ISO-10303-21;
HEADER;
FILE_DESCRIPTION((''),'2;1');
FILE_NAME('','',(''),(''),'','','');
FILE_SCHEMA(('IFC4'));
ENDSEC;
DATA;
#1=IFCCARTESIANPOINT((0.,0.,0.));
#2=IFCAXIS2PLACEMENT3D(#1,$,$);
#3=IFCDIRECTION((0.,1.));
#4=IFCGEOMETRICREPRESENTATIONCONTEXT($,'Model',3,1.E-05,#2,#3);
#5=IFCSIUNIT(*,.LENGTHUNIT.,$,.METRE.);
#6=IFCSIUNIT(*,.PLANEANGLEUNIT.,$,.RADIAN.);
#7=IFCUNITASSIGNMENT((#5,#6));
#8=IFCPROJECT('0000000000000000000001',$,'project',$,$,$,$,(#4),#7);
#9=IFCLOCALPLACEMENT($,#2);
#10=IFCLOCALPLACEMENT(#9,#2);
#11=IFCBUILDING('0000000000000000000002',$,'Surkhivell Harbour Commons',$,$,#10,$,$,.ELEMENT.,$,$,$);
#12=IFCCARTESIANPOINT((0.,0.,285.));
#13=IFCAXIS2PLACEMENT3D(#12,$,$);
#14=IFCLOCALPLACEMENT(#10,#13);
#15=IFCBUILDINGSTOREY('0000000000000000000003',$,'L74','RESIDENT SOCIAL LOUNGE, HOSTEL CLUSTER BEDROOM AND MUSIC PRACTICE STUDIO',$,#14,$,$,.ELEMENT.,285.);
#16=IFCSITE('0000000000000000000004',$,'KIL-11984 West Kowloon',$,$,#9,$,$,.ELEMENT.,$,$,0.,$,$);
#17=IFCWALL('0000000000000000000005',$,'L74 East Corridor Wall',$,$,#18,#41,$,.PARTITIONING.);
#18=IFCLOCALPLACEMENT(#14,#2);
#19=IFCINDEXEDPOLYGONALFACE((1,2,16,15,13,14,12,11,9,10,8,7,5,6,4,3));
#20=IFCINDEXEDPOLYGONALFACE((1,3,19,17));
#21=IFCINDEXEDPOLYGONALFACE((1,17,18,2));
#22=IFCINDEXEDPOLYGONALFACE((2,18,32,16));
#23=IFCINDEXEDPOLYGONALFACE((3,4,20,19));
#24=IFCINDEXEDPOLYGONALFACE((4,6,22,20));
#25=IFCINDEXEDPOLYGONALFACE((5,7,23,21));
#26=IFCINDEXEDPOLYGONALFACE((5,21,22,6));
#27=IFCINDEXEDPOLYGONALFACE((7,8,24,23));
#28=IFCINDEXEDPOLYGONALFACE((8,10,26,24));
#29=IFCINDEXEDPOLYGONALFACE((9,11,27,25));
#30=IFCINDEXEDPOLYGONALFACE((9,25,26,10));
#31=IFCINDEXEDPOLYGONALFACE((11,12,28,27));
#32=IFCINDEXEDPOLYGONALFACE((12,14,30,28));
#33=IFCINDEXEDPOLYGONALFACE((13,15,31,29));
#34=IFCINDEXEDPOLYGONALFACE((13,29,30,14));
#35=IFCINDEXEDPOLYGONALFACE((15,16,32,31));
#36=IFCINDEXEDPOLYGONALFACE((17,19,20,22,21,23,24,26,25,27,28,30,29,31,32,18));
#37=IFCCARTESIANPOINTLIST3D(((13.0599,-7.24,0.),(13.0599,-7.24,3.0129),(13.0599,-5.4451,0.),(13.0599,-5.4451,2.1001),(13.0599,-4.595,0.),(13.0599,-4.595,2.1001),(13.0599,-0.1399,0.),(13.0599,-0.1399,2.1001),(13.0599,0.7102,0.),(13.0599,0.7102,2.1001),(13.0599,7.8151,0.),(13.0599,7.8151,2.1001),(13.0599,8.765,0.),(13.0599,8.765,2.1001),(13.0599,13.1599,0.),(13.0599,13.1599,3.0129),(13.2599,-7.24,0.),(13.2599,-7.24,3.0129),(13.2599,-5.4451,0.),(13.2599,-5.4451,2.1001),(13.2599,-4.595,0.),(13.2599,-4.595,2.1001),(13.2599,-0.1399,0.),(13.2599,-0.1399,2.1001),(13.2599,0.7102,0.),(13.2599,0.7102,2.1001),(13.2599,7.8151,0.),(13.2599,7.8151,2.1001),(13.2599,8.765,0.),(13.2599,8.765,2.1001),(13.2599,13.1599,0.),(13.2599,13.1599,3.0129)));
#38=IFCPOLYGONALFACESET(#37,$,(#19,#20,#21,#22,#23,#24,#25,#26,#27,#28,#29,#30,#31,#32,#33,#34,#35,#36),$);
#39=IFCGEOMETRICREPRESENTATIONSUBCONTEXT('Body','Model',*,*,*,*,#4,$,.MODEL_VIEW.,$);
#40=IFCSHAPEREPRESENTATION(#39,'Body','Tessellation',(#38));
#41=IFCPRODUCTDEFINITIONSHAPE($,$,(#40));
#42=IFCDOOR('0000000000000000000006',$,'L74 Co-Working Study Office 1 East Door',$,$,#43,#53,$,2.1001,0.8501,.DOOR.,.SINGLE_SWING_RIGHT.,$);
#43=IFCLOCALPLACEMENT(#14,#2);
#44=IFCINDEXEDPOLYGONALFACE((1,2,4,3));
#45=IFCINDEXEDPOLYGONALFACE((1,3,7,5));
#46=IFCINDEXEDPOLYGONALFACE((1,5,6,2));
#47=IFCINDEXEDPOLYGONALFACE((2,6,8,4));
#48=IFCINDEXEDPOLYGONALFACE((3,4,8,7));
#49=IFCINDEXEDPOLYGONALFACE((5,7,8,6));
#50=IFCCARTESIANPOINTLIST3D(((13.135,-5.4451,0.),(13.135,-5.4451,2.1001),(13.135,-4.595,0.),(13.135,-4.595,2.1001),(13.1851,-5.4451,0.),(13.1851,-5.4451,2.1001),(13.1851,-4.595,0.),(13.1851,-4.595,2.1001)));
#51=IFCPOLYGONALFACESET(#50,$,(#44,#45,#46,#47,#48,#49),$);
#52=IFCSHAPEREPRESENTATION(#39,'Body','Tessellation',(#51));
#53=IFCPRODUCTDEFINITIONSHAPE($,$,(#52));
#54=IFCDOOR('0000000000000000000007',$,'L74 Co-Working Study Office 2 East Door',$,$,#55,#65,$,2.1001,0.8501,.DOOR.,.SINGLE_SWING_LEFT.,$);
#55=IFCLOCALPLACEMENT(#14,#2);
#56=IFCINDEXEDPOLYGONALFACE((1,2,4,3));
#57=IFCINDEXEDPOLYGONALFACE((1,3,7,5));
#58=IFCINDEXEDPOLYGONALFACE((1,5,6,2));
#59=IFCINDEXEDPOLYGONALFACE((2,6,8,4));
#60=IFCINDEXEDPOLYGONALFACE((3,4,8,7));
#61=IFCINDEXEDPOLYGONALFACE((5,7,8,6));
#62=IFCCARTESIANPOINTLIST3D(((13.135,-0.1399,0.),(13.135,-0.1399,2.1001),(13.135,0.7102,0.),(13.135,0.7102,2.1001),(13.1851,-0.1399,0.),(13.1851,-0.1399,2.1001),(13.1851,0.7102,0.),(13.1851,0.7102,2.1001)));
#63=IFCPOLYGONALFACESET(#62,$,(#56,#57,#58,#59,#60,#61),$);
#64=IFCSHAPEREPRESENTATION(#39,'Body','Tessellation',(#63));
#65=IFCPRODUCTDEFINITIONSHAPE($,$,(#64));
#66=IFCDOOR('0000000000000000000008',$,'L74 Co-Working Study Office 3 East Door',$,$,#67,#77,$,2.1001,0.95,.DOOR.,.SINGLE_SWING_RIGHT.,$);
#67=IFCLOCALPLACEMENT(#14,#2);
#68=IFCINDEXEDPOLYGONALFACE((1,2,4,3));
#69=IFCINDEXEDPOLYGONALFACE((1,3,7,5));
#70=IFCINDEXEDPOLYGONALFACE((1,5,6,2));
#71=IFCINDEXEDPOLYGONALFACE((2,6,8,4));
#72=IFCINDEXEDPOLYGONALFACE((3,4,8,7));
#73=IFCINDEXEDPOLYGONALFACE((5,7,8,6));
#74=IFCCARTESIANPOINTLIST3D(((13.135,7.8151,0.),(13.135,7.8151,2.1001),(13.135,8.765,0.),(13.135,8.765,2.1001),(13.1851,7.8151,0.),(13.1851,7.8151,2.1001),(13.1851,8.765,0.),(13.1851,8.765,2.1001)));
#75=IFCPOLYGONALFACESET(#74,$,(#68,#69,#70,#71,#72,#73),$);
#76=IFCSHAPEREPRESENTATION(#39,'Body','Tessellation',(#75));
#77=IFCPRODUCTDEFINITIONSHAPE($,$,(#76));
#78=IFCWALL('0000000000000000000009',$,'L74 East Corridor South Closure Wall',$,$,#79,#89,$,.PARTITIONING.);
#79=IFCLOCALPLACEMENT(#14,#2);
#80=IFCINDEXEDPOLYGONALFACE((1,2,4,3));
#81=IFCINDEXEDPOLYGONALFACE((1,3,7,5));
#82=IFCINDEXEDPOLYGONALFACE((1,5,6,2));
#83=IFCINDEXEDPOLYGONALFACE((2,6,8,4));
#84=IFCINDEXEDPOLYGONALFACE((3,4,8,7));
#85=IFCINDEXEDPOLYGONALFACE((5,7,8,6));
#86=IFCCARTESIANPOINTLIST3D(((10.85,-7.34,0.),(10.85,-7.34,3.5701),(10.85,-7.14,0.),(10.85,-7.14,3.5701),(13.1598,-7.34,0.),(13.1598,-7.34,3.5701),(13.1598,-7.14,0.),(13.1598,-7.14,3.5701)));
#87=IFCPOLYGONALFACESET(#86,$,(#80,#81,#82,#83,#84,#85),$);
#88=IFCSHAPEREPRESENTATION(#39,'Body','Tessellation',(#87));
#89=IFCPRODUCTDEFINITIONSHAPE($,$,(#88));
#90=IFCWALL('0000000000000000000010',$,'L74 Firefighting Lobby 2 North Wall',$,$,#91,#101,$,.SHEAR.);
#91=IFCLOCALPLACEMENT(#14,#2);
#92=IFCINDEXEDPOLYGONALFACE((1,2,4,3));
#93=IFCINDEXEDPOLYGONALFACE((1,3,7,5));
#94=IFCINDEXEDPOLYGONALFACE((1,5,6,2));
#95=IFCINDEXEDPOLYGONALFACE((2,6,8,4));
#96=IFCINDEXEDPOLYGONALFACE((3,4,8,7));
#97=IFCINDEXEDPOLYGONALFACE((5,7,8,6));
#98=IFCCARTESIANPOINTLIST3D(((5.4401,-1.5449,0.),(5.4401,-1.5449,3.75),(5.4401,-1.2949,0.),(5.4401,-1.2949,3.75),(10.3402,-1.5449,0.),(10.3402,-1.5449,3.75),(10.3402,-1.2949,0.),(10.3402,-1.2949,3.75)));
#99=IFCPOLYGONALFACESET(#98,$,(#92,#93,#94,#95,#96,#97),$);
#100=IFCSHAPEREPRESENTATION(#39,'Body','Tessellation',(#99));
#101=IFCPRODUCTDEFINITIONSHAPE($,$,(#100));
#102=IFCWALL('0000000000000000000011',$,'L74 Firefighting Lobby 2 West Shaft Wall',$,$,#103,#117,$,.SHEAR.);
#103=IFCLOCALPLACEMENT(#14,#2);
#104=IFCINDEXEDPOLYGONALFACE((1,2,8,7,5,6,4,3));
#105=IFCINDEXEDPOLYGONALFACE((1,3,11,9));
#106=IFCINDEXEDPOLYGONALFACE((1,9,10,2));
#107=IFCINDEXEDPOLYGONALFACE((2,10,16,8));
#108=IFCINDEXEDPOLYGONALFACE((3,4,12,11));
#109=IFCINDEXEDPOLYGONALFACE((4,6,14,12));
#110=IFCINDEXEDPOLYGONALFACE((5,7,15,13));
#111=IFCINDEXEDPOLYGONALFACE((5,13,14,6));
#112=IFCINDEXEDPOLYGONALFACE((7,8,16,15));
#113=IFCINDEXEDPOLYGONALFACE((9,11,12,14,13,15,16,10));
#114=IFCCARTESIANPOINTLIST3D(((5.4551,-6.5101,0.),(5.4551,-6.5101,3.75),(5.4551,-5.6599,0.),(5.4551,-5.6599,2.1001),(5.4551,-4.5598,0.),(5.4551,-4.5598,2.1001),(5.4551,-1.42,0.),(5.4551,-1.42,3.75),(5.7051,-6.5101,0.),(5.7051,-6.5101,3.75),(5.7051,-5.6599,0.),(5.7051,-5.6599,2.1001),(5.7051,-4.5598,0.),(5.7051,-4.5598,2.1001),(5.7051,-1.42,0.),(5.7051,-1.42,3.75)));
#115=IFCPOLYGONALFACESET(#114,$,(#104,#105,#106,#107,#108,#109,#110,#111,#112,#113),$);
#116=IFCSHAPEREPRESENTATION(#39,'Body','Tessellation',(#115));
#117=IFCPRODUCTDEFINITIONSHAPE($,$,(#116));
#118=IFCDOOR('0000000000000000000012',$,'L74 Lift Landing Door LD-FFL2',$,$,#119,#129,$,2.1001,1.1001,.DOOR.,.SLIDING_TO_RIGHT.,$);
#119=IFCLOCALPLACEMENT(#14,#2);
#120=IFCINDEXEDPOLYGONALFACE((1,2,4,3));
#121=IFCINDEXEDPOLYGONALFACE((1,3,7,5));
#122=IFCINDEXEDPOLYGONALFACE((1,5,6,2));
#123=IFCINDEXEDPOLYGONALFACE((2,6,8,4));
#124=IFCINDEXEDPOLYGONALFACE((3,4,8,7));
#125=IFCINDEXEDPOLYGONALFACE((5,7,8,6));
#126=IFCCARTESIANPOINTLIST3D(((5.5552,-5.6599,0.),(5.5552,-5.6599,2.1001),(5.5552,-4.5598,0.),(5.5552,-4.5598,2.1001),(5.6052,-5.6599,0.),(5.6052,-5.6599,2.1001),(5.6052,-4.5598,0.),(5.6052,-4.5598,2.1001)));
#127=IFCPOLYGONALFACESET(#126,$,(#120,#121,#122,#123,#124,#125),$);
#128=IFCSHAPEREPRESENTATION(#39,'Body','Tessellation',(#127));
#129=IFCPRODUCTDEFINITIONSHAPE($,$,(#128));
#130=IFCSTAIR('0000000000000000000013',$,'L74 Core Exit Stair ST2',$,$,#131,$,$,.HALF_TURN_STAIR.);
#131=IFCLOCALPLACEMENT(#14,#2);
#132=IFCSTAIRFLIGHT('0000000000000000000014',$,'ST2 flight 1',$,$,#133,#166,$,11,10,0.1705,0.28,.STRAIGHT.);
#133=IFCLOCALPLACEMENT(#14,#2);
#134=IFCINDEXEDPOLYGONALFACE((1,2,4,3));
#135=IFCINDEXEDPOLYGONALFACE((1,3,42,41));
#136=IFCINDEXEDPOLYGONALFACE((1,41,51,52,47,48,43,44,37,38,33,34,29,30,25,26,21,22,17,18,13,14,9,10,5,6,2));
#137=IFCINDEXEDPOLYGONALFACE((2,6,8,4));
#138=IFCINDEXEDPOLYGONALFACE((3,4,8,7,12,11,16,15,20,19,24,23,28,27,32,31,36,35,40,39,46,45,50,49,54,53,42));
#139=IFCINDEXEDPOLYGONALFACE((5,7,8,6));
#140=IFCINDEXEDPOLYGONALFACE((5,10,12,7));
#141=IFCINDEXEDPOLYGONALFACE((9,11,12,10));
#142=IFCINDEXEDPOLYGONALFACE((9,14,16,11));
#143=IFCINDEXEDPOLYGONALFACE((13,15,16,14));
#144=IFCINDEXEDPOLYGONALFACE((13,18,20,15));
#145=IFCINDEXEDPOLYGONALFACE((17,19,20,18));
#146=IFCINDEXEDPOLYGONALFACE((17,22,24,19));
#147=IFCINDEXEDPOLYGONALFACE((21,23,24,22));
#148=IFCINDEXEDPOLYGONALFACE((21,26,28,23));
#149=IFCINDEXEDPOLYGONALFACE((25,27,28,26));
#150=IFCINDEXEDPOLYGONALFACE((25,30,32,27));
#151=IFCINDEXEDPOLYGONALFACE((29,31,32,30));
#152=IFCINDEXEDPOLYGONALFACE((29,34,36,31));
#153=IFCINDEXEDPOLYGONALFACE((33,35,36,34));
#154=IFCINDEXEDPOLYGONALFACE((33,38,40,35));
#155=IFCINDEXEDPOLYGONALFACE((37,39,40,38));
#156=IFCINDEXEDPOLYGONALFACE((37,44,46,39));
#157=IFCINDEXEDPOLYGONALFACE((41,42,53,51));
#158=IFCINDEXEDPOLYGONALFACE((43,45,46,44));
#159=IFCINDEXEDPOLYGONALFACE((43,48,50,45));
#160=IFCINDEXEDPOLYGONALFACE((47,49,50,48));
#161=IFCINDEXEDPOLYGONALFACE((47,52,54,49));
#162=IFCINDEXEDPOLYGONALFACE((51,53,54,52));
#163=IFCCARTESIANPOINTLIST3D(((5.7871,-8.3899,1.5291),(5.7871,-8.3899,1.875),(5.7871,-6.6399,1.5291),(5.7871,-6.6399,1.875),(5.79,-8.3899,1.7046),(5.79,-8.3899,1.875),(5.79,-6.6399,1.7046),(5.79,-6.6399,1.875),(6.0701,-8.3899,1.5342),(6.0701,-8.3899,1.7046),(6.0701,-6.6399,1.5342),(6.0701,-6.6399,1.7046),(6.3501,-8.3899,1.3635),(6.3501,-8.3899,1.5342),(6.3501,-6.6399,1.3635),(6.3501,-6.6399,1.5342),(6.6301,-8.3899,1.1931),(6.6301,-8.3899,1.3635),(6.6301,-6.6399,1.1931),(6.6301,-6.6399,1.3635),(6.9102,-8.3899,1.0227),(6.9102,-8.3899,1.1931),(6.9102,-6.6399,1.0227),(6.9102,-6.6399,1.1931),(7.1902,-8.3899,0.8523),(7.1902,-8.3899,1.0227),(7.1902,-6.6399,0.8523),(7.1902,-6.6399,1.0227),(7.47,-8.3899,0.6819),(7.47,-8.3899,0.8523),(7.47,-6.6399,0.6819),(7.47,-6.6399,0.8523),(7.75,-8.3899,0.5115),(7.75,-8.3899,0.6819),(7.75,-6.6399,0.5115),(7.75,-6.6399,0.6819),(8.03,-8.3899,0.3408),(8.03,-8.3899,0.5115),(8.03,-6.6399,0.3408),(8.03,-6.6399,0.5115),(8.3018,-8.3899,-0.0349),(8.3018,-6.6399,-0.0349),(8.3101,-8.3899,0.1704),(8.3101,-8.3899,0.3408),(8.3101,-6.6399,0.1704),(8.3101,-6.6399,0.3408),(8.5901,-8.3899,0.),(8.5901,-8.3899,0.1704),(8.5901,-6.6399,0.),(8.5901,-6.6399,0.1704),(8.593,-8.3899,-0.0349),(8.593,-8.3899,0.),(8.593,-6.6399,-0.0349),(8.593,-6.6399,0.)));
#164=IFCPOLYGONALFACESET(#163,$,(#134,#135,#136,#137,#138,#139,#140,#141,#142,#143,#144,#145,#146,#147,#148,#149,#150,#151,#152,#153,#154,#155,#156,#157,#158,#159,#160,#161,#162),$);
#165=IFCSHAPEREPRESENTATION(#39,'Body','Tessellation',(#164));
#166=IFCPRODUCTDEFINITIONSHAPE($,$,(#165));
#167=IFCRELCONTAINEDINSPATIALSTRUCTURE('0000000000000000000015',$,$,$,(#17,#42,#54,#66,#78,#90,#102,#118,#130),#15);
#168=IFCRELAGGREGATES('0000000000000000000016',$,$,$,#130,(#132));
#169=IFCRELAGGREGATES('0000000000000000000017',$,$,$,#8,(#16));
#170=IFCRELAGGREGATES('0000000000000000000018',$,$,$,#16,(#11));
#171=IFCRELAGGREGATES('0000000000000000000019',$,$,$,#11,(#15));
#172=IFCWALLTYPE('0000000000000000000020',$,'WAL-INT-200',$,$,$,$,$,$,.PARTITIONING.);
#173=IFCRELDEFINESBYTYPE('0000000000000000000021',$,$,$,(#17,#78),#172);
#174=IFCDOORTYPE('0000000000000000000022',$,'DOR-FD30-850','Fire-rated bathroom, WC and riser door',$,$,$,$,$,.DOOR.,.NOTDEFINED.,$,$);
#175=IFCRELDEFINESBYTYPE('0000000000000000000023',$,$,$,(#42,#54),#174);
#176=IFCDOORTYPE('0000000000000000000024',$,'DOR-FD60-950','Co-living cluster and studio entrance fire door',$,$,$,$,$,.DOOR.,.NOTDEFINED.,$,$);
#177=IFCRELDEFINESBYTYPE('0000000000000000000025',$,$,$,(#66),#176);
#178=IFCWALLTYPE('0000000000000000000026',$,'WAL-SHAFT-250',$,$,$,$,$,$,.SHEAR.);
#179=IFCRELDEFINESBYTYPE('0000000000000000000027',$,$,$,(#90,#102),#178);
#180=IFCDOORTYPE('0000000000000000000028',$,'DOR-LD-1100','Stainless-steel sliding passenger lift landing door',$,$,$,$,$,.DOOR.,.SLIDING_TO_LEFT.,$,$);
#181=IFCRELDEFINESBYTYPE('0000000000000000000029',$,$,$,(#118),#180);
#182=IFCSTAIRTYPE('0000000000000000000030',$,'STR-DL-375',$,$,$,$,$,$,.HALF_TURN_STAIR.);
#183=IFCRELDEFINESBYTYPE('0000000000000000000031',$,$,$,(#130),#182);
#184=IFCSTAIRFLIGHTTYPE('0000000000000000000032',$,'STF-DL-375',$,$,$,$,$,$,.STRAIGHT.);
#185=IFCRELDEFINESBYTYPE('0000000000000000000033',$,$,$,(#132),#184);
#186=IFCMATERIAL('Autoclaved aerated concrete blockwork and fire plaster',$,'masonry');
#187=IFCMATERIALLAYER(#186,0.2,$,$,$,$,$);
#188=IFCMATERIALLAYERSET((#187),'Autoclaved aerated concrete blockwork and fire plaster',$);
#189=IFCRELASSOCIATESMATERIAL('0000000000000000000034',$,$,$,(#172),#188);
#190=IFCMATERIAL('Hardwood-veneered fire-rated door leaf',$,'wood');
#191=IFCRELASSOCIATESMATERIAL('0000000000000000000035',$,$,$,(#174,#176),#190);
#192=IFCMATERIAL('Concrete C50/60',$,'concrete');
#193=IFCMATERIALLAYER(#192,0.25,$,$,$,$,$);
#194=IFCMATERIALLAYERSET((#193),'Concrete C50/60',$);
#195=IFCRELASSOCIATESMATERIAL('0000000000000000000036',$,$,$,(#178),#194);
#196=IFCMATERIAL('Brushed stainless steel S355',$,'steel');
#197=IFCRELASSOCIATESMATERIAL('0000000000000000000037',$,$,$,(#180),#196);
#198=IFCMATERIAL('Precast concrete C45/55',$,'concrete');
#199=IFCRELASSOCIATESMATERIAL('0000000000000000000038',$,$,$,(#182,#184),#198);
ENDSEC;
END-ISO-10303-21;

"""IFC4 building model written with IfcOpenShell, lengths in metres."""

from ifc_helpers import new_model, si_unit, direction, frame, frame_2d, origin, place, context, subcontext, project, spatial, polyline, rectangle, outline, extrude, material, layer, layer_set, type_object, element, fill, aggregate, save


model = new_model("IFC4")

# Units and contexts
model_context = context("Model", 3, precision=1e-05, world=origin(), true_north=direction((0.0, 1.0)))
body_context = subcontext(model_context, "Body", "Model", "MODEL_VIEW")
ifc_project = project(units=[si_unit("LENGTHUNIT", "METRE"), si_unit("PLANEANGLEUNIT", "RADIAN")], contexts=[model_context])

# Site, building, storey
site_placement = place(None, origin())
site = spatial("IfcSite", under=ifc_project, at=site_placement, Name="KIL-11984 West Kowloon", CompositionType="ELEMENT", RefElevation=0.0)
building_placement = place(site_placement, origin())
building = spatial("IfcBuilding", under=site, at=building_placement, Name="Surkhivell Harbour Commons", CompositionType="ELEMENT")
storey_placement = place(building_placement, frame((0.0, 0.0, 285.0)))
storey = spatial("IfcBuildingStorey", under=building, at=storey_placement, Name="L74", Description="RESIDENT SOCIAL LOUNGE, HOSTEL CLUSTER BEDROOM AND MUSIC PRACTICE STUDIO", CompositionType="ELEMENT", Elevation=285.0)

# Shared definitions
ifc_material_1 = material(Name="Concrete C50/60", Category="concrete")

# Shared definitions
ifc_material_2 = material(Name="Hardwood-veneered fire-rated door leaf", Category="wood")

# Wall, openings, doors
ifc_material_3 = material(Name="Autoclaved aerated concrete blockwork and fire plaster", Category="masonry")
ifc_layer_1 = layer(ifc_material_3, 0.2)
ifc_layer_set_1 = layer_set([ifc_layer_1], Name="Autoclaved aerated concrete blockwork and fire plaster")
wall_type_1 = type_object("IfcWallType", Name="WAL-INT-200", PredefinedType="PARTITIONING", material=ifc_layer_set_1)
wall_1_placement = place(storey_placement, frame((13.1599, -7.24, 0.0), z_axis=(0.0, 0.0, 1.0), x_axis=(0.0, 1.0, 0.0)))
wall_1 = element("IfcWall", 1, at=wall_1_placement, inside=storey, type_object=wall_type_1, Name="L74 East Corridor Wall", PredefinedType="PARTITIONING", context=body_context, shape_type="SweptSolid", body=[
    extrude(rectangle(XDim=20.3999, YDim=0.2, at=frame_2d((10.2, 0.0))), origin(), (0.0, 0.0, 1.0), 3.0129),
])
opening_1_placement = place(wall_1_placement, frame((1.7949, 0.0, 0.0)))
opening_1 = element("IfcOpeningElement", 2, at=opening_1_placement, cuts=wall_1, PredefinedType="OPENING", context=body_context, shape_type="SweptSolid", body=[
    extrude(rectangle(XDim=0.8501, YDim=2.1001, at=frame_2d((0.425, 1.05))), frame((0.0, 0.1099, 0.0), z_axis=(0.0, -1.0, 0.0), x_axis=(1.0, 0.0, 0.0)), (0.0, 0.0, 1.0), 0.22),
])
opening_2_placement = place(wall_1_placement, frame((7.1001, 0.0, 0.0)))
opening_2 = element("IfcOpeningElement", 3, at=opening_2_placement, cuts=wall_1, PredefinedType="OPENING", context=body_context, shape_type="SweptSolid", body=[
    extrude(rectangle(XDim=0.8501, YDim=2.1001, at=frame_2d((0.425, 1.05))), frame((0.0, 0.1099, 0.0), z_axis=(0.0, -1.0, 0.0), x_axis=(1.0, 0.0, 0.0)), (0.0, 0.0, 1.0), 0.22),
])
opening_3_placement = place(wall_1_placement, frame((15.0549, 0.0, 0.0)))
opening_3 = element("IfcOpeningElement", 4, at=opening_3_placement, cuts=wall_1, PredefinedType="OPENING", context=body_context, shape_type="SweptSolid", body=[
    extrude(rectangle(XDim=0.95, YDim=2.1001, at=frame_2d((0.4751, 1.05))), frame((0.0, 0.1099, 0.0), z_axis=(0.0, -1.0, 0.0), x_axis=(1.0, 0.0, 0.0)), (0.0, 0.0, 1.0), 0.22),
])
door_type_1 = type_object("IfcDoorType", Name="DOR-FD30-850", Description="Fire-rated bathroom, WC and riser door", OperationType="NOTDEFINED", PredefinedType="DOOR", material=ifc_material_2)
door_1_placement = place(opening_1_placement, origin())
door_1 = element("IfcDoor", 5, at=door_1_placement, inside=storey, type_object=door_type_1, Name="L74 Co-Working Study Office 1 East Door", OperationType="SINGLE_SWING_RIGHT", OverallHeight=2.1001, OverallWidth=0.8501, PredefinedType="DOOR", context=body_context, shape_type="SweptSolid", body=[
    extrude(rectangle(XDim=0.8501, YDim=2.1001, at=frame_2d((0.425, 1.05))), frame((0.0, 0.0249, 0.0), z_axis=(0.0, -1.0, 0.0), x_axis=(1.0, 0.0, 0.0)), (0.0, 0.0, 1.0), 0.05),
])
fill(opening_1, door_1)
door_2_placement = place(opening_2_placement, origin())
door_2 = element("IfcDoor", 6, at=door_2_placement, inside=storey, type_object=door_type_1, Name="L74 Co-Working Study Office 2 East Door", OperationType="SINGLE_SWING_LEFT", OverallHeight=2.1001, OverallWidth=0.8501, PredefinedType="DOOR", context=body_context, shape_type="SweptSolid", body=[
    extrude(rectangle(XDim=0.8501, YDim=2.1001, at=frame_2d((0.425, 1.05))), frame((0.0, 0.0249, 0.0), z_axis=(0.0, -1.0, 0.0), x_axis=(1.0, 0.0, 0.0)), (0.0, 0.0, 1.0), 0.05),
])
fill(opening_2, door_2)
door_type_2 = type_object("IfcDoorType", Name="DOR-FD60-950", Description="Co-living cluster and studio entrance fire door", OperationType="NOTDEFINED", PredefinedType="DOOR", material=ifc_material_2)
door_3_placement = place(opening_3_placement, origin())
door_3 = element("IfcDoor", 7, at=door_3_placement, inside=storey, type_object=door_type_2, Name="L74 Co-Working Study Office 3 East Door", OperationType="SINGLE_SWING_RIGHT", OverallHeight=2.1001, OverallWidth=0.95, PredefinedType="DOOR", context=body_context, shape_type="SweptSolid", body=[
    extrude(rectangle(XDim=0.95, YDim=2.1001, at=frame_2d((0.4751, 1.05))), frame((0.0, 0.0249, 0.0), z_axis=(0.0, -1.0, 0.0), x_axis=(1.0, 0.0, 0.0)), (0.0, 0.0, 1.0), 0.05),
])
fill(opening_3, door_3)

# Walls
wall_2_placement = place(storey_placement, frame((10.8501, -7.24, 0.0), z_axis=(0.0, 0.0, 1.0), x_axis=(1.0, 0.0, 0.0)))
element("IfcWall", 8, at=wall_2_placement, inside=storey, type_object=wall_type_1, Name="L74 East Corridor South Closure Wall", PredefinedType="PARTITIONING", context=body_context, shape_type="SweptSolid", body=[
    extrude(rectangle(XDim=2.3098, YDim=0.2, at=frame_2d((1.1548, 0.0))), origin(), (0.0, 0.0, 1.0), 3.5701),
])
ifc_layer_2 = layer(ifc_material_1, 0.25)
ifc_layer_set_2 = layer_set([ifc_layer_2], Name="Concrete C50/60")
wall_type_2 = type_object("IfcWallType", Name="WAL-SHAFT-250", PredefinedType="SHEAR", material=ifc_layer_set_2)
wall_3_placement = place(storey_placement, frame((5.4399, -1.4199, 0.0), z_axis=(0.0, 0.0, 1.0), x_axis=(1.0, 0.0, 0.0)))
element("IfcWall", 9, at=wall_3_placement, inside=storey, type_object=wall_type_2, Name="L74 Firefighting Lobby 2 North Wall", PredefinedType="SHEAR", context=body_context, shape_type="SweptSolid", body=[
    extrude(rectangle(XDim=4.9001, YDim=0.25, at=frame_2d((2.4502, 0.0))), origin(), (0.0, 0.0, 1.0), 3.75),
])

# Wall, opening, door
wall_4_placement = place(storey_placement, frame((5.5801, -6.51, 0.0), z_axis=(0.0, 0.0, 1.0), x_axis=(0.0, 1.0, 0.0)))
wall_4 = element("IfcWall", 10, at=wall_4_placement, inside=storey, type_object=wall_type_2, Name="L74 Firefighting Lobby 2 West Shaft Wall", PredefinedType="SHEAR", context=body_context, shape_type="SweptSolid", body=[
    extrude(rectangle(XDim=5.0901, YDim=0.25, at=frame_2d((2.5449, 0.0))), origin(), (0.0, 0.0, 1.0), 3.75),
])
opening_4_placement = place(wall_4_placement, frame((0.8501, 0.0, 0.0)))
opening_4 = element("IfcOpeningElement", 11, at=opening_4_placement, cuts=wall_4, PredefinedType="OPENING", context=body_context, shape_type="SweptSolid", body=[
    extrude(rectangle(XDim=1.1001, YDim=2.1001, at=frame_2d((0.55, 1.05))), frame((0.0, 0.135, 0.0), z_axis=(0.0, -1.0, 0.0), x_axis=(1.0, 0.0, 0.0)), (0.0, 0.0, 1.0), 0.27),
])
ifc_material_4 = material(Name="Brushed stainless steel S355", Category="steel")
door_type_3 = type_object("IfcDoorType", Name="DOR-LD-1100", Description="Stainless-steel sliding passenger lift landing door", OperationType="SLIDING_TO_LEFT", PredefinedType="DOOR", material=ifc_material_4)
door_4_placement = place(opening_4_placement, origin())
door_4 = element("IfcDoor", 12, at=door_4_placement, inside=storey, type_object=door_type_3, Name="L74 Lift Landing Door LD-FFL2", OperationType="SLIDING_TO_RIGHT", OverallHeight=2.1001, OverallWidth=1.1001, PredefinedType="DOOR", context=body_context, shape_type="SweptSolid", body=[
    extrude(rectangle(XDim=1.1001, YDim=2.1001, at=frame_2d((0.55, 1.05))), frame((0.0, 0.0249, 0.0), z_axis=(0.0, -1.0, 0.0), x_axis=(1.0, 0.0, 0.0)), (0.0, 0.0, 1.0), 0.05),
])
fill(opening_4, door_4)

# Stair, stair flight
ifc_material_5 = material(Name="Precast concrete C45/55", Category="concrete")
stair_type = type_object("IfcStairType", Name="STR-DL-375", PredefinedType="HALF_TURN_STAIR", material=ifc_material_5)
stair_placement = place(storey_placement, origin())
stair = element("IfcStair", 13, at=stair_placement, inside=storey, type_object=stair_type, Name="L74 Core Exit Stair ST2", PredefinedType="HALF_TURN_STAIR")
stair_flight_type = type_object("IfcStairFlightType", Name="STF-DL-375", PredefinedType="STRAIGHT", material=ifc_material_5)
stair_flight_placement = place(storey_placement, frame((8.5901, -7.5149, 0.0), z_axis=(0.0, 0.0, 1.0), x_axis=(-1.0, 0.0, 0.0)))
stair_flight = element("IfcStairFlight", 14, at=stair_flight_placement, type_object=stair_flight_type, Name="ST2 flight 1", NumberOfRisers=11, NumberOfTreads=10, PredefinedType="STRAIGHT", RiserHeight=0.1705, TreadLength=0.28, context=body_context, shape_type="SweptSolid", body=[
    extrude(outline(polyline([(-0.0029, -0.0349), (-0.0029, 0.0), (0.0, 0.0), (0.0, 0.1704), (0.28, 0.1704), (0.28, 0.3408), (0.5601, 0.3408), (0.5601, 0.5115), (0.8401, 0.5115), (0.8401, 0.6819), (1.1201, 0.6819), (1.1201, 0.8523), (1.3999, 0.8523), (1.3999, 1.0227), (1.6799, 1.0227), (1.6799, 1.1931), (1.96, 1.1931), (1.96, 1.3635), (2.24, 1.3635), (2.24, 1.5342), (2.52, 1.5342), (2.52, 1.7046), (2.8, 1.7046), (2.8, 1.875), (2.803, 1.875), (2.803, 1.5291), (0.2883, -0.0349), (-0.0029, -0.0349)])), frame((0.0, 0.875, 0.0), z_axis=(0.0, -1.0, 0.0), x_axis=(1.0, 0.0, 0.0)), (0.0, 0.0, 1.0), 1.75),
])
aggregate(stair, [stair_flight])

save(model, "model.ifc")
